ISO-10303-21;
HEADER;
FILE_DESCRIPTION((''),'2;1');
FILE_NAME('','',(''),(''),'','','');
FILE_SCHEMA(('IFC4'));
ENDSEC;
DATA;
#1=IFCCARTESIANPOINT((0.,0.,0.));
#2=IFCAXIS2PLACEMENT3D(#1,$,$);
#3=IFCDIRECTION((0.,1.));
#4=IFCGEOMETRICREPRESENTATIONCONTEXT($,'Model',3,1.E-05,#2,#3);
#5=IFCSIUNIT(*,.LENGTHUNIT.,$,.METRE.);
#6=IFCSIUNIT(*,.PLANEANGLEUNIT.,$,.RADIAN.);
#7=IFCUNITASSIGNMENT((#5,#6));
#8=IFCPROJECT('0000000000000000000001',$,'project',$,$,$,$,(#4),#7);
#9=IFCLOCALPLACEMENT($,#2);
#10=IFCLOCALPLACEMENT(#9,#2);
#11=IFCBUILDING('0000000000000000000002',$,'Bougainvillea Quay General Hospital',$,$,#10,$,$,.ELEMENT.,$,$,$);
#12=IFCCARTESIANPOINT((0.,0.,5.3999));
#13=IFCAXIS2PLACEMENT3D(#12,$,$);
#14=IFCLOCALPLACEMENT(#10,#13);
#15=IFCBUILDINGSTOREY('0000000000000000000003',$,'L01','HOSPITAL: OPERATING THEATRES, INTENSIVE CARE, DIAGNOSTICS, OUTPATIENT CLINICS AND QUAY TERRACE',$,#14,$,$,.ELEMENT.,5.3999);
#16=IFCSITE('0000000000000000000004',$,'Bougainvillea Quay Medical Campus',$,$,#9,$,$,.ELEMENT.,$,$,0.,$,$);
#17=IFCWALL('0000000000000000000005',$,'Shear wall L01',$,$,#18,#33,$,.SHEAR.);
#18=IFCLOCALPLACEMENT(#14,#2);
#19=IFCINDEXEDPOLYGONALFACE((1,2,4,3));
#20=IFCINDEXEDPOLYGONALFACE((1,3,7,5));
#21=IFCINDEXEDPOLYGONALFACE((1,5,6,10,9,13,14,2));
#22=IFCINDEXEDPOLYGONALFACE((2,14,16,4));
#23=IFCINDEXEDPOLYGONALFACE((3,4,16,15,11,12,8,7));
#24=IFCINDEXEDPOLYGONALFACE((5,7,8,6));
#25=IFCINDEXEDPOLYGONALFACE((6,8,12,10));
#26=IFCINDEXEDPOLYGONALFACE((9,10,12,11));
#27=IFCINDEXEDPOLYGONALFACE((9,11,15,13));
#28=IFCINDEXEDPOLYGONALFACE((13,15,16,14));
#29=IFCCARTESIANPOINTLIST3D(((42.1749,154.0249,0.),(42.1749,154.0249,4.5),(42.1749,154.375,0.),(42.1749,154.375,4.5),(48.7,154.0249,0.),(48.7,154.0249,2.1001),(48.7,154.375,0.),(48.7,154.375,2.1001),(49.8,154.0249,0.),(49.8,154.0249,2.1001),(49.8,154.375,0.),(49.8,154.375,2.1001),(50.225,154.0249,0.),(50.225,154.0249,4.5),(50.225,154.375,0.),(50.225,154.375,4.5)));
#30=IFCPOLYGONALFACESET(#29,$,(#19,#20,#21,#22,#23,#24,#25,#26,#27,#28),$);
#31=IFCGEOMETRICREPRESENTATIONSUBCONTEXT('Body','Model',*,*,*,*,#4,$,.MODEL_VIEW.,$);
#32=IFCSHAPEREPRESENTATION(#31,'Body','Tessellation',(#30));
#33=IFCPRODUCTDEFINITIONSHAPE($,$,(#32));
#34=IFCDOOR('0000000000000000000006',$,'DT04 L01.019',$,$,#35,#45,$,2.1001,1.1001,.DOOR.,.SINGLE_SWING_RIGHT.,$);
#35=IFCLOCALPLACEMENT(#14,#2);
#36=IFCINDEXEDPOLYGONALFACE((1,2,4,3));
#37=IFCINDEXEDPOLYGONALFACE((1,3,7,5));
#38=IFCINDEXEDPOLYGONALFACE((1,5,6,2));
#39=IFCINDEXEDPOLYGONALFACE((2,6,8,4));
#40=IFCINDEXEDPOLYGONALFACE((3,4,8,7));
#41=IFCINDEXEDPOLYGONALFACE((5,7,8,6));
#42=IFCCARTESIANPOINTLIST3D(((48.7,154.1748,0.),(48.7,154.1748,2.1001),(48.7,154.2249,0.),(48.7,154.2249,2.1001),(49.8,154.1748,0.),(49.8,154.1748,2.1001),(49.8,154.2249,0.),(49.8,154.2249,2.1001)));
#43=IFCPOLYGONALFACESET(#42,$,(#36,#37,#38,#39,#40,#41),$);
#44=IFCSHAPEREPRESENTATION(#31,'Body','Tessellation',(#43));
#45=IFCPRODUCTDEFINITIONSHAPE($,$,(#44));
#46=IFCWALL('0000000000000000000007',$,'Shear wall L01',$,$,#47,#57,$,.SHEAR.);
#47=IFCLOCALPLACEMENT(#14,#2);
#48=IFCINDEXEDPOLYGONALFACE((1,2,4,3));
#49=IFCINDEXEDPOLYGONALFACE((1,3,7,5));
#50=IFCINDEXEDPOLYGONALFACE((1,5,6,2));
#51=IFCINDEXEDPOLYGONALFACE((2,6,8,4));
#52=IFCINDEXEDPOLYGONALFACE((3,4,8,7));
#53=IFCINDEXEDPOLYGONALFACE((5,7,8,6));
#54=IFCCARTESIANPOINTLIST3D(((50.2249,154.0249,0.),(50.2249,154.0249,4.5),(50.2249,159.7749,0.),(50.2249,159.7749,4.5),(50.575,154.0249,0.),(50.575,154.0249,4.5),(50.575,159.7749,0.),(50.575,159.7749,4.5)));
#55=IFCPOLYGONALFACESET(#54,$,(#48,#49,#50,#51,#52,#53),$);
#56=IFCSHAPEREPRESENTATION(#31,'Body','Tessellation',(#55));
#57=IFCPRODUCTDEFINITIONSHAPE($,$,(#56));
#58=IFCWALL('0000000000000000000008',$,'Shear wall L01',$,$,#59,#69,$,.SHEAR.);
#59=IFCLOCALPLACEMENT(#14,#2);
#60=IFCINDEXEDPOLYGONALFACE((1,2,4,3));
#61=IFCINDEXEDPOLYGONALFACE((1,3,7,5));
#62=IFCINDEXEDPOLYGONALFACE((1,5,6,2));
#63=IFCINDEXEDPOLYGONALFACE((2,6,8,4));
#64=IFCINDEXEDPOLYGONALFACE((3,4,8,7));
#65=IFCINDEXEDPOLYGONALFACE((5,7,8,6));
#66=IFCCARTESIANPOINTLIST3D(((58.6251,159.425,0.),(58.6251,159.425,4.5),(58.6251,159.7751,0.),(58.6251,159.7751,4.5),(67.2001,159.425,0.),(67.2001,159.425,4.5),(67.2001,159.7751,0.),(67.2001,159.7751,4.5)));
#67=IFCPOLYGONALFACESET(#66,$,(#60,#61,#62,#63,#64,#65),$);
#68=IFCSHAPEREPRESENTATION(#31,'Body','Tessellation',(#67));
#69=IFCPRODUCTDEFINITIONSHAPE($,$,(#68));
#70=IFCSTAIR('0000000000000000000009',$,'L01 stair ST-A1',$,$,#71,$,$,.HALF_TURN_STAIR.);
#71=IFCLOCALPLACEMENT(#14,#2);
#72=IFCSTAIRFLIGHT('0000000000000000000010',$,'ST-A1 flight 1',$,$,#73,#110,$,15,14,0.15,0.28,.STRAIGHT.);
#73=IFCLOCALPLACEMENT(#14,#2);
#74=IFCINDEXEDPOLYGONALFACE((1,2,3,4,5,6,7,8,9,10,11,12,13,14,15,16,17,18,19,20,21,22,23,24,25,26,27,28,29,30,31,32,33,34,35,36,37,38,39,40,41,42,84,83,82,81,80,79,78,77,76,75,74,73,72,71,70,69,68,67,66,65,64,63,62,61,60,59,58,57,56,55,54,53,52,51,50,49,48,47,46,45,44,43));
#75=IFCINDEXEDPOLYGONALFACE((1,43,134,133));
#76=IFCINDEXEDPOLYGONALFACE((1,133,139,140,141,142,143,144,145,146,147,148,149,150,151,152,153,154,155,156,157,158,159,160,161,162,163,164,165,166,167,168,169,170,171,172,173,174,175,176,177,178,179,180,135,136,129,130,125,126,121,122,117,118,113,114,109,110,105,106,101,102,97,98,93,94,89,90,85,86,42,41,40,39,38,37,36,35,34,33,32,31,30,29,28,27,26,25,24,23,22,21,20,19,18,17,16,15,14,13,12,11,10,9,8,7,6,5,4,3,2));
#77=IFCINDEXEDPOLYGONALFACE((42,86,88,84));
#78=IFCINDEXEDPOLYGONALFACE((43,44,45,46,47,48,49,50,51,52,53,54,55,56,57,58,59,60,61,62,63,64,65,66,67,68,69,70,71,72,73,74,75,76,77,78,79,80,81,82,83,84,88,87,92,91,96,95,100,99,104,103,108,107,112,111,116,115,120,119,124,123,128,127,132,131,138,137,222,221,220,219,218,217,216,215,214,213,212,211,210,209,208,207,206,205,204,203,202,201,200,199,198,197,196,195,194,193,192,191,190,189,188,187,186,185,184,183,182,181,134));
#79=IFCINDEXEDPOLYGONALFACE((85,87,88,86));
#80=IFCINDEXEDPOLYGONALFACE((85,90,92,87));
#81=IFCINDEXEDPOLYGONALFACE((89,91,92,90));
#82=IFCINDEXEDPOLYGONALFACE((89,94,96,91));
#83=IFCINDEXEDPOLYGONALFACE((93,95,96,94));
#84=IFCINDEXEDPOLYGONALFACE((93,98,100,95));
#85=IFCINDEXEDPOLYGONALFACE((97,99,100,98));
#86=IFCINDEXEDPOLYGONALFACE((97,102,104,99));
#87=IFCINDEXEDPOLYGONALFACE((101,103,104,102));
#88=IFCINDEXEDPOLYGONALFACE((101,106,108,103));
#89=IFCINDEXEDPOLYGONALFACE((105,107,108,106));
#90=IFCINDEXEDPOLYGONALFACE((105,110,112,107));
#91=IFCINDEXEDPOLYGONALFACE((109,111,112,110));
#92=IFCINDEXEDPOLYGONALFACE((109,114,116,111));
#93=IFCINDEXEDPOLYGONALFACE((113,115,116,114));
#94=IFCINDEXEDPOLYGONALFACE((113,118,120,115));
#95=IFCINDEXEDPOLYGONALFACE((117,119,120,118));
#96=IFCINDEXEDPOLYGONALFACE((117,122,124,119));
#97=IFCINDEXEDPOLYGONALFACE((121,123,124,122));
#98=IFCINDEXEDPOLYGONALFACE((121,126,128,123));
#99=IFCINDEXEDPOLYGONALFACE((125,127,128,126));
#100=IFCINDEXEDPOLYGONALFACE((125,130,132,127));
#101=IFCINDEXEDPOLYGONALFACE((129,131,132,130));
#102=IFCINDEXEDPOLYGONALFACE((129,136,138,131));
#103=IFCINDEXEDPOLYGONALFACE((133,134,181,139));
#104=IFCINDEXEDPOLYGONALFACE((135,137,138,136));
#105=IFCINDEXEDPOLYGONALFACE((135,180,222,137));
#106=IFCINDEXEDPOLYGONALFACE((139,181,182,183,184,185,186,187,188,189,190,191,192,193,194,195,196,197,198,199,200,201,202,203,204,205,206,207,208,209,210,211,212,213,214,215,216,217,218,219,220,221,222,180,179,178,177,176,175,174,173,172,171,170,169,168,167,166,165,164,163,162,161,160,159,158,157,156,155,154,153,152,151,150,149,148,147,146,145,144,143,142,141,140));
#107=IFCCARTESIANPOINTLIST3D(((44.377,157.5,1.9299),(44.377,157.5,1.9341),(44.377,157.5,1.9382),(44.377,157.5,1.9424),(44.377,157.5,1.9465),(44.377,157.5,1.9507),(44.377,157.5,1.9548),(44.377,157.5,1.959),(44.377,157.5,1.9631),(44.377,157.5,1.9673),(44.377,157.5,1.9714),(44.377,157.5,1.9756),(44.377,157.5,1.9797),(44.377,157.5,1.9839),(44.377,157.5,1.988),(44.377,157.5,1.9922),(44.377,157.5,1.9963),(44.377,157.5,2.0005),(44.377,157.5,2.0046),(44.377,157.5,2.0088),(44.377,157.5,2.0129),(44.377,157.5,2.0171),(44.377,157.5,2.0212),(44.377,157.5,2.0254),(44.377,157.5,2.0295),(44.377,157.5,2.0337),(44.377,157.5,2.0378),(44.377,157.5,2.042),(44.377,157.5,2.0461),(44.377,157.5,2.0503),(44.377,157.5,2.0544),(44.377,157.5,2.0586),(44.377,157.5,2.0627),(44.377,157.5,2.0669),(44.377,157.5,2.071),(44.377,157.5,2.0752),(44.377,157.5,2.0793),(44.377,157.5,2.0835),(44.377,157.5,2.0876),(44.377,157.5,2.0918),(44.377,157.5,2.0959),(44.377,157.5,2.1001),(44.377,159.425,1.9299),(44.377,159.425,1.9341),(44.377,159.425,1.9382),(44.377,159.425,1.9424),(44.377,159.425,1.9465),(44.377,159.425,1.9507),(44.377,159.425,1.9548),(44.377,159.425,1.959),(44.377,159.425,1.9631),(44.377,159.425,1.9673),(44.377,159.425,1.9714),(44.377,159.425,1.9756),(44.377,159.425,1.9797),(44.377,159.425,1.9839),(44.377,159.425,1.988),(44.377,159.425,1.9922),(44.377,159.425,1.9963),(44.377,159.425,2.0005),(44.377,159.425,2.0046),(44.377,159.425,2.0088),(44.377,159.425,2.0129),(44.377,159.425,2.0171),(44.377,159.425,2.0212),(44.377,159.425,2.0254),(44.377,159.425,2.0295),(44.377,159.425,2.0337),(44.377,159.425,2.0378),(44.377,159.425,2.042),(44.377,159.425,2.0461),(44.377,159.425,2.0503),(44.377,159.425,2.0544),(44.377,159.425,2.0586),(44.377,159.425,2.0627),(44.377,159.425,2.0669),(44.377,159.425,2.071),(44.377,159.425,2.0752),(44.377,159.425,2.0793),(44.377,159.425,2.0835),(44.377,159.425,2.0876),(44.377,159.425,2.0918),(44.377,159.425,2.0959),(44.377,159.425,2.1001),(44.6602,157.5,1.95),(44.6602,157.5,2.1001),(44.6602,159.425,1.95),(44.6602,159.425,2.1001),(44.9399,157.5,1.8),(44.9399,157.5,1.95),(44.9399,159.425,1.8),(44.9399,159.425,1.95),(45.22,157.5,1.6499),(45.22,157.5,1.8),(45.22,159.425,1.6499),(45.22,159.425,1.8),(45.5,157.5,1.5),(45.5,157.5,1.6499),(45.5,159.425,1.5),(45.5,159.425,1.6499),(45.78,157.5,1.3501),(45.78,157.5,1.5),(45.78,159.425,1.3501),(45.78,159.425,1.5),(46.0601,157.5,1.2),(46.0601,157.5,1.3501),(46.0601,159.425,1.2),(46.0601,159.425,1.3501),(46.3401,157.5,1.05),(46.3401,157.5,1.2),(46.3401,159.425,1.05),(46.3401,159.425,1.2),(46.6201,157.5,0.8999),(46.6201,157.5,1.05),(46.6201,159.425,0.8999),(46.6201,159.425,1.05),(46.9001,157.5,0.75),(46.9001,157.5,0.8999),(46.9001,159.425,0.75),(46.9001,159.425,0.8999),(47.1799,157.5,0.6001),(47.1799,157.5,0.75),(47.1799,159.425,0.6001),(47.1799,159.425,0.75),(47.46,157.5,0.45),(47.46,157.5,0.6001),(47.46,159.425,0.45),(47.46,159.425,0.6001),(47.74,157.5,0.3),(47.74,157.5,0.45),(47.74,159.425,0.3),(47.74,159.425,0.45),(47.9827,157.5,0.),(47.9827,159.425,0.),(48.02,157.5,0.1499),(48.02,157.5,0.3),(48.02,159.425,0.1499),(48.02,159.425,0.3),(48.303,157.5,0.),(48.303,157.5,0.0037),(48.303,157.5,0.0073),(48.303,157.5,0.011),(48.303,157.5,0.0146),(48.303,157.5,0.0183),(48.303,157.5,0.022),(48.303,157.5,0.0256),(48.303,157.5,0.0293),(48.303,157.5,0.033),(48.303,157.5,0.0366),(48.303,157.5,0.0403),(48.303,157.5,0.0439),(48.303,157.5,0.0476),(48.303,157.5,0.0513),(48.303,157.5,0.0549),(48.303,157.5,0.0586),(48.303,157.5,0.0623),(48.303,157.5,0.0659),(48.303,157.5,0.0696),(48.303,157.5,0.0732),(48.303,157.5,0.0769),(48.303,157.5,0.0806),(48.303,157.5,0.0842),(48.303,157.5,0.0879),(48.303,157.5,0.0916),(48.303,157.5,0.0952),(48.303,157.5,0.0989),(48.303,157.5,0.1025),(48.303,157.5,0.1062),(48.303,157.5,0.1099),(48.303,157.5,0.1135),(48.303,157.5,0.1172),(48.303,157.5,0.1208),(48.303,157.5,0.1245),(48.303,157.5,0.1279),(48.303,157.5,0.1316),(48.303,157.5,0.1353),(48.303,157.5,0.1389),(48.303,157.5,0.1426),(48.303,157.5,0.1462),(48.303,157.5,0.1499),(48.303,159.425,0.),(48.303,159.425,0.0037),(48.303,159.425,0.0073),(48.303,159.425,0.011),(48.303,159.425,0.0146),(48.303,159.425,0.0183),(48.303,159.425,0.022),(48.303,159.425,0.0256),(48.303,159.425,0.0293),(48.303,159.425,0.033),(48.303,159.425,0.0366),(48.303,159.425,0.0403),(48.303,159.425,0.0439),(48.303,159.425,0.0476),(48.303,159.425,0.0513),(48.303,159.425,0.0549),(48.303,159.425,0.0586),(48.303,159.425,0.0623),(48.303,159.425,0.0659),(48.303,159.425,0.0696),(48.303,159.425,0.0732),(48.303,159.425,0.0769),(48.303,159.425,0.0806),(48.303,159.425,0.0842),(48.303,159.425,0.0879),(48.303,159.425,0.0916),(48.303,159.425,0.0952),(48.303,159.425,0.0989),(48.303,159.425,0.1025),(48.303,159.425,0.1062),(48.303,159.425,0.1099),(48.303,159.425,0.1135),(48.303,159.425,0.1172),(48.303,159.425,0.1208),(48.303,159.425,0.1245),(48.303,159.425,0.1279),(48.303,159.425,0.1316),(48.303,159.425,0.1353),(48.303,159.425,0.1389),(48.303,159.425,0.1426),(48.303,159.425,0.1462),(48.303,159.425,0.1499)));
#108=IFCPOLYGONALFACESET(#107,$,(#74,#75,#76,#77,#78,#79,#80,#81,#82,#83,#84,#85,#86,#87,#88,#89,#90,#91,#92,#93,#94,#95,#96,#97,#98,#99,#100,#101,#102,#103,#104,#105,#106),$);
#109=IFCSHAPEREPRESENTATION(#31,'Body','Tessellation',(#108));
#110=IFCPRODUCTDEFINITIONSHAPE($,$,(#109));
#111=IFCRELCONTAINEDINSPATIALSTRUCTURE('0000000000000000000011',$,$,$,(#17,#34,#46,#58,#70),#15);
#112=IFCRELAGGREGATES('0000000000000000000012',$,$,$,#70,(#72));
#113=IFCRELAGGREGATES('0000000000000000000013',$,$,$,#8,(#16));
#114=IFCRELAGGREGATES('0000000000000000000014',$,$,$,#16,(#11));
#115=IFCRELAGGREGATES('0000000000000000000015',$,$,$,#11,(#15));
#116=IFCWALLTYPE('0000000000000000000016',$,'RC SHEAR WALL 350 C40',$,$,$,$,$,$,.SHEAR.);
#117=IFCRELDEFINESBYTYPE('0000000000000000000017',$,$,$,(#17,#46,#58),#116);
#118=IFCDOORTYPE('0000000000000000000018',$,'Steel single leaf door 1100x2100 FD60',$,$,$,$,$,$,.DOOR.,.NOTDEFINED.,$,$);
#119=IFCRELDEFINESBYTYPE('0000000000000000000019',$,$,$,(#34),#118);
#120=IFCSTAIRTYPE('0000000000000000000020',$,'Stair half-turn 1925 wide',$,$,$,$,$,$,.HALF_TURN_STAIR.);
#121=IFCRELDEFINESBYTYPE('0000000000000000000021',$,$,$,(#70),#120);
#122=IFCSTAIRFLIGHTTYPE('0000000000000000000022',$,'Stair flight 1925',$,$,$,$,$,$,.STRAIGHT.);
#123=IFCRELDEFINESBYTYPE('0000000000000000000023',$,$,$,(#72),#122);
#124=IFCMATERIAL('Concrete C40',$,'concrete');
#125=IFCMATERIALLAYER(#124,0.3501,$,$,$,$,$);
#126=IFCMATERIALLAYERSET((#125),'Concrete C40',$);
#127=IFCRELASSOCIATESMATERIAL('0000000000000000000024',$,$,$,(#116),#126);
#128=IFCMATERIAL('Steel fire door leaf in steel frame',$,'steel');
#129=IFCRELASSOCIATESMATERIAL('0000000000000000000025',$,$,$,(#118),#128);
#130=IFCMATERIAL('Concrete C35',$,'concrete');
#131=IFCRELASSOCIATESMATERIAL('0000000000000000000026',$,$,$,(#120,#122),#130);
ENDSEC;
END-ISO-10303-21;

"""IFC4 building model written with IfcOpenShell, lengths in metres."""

from ifc_helpers import new_model, si_unit, direction, frame, frame_2d, origin, place, context, subcontext, project, spatial, polyline, rectangle, outline, extrude, material, layer, layer_set, type_object, element, fill, aggregate, save


model = new_model("IFC4")

# Units and contexts
model_context = context("Model", 3, precision=1e-05, world=origin(), true_north=direction((0.0, 1.0)))
body_context = subcontext(model_context, "Body", "Model", "MODEL_VIEW")
ifc_project = project(units=[si_unit("LENGTHUNIT", "METRE"), si_unit("PLANEANGLEUNIT", "RADIAN")], contexts=[model_context])

# Site, building, storey
site_placement = place(None, origin())
site = spatial("IfcSite", under=ifc_project, at=site_placement, Name="Bougainvillea Quay Medical Campus", CompositionType="ELEMENT", RefElevation=0.0)
building_placement = place(site_placement, origin())
building = spatial("IfcBuilding", under=site, at=building_placement, Name="Bougainvillea Quay General Hospital", CompositionType="ELEMENT")
storey_placement = place(building_placement, frame((0.0, 0.0, 5.3999)))
storey = spatial("IfcBuildingStorey", under=building, at=storey_placement, Name="L01", Description="HOSPITAL: OPERATING THEATRES, INTENSIVE CARE, DIAGNOSTICS, OUTPATIENT CLINICS AND QUAY TERRACE", CompositionType="ELEMENT", Elevation=5.3999)

# Shared definitions
ifc_material_1 = material(Name="Concrete C40", Category="concrete")

# Shared definitions
ifc_layer_1 = layer(ifc_material_1, 0.3501)
ifc_layer_set_1 = layer_set([ifc_layer_1], Name="Concrete C40")
wall_type_1 = type_object("IfcWallType", Name="RC SHEAR WALL 350 C40", PredefinedType="SHEAR", material=ifc_layer_set_1)

# Wall, opening, door
wall_1_placement = place(storey_placement, frame((42.175, 154.2, 0.0), z_axis=(0.0, 0.0, 1.0), x_axis=(1.0, 0.0, 0.0)))
wall_1 = element("IfcWall", 1, at=wall_1_placement, inside=storey, type_object=wall_type_1, Name="Shear wall L01", PredefinedType="SHEAR", context=body_context, shape_type="SweptSolid", body=[
    extrude(rectangle(XDim=8.05, YDim=0.3501, at=frame_2d((4.0249, 0.0))), origin(), (0.0, 0.0, 1.0), 4.5),
])
opening_1_placement = place(wall_1_placement, frame((6.5249, 0.0, 0.0)))
opening_1 = element("IfcOpeningElement", 2, at=opening_1_placement, cuts=wall_1, PredefinedType="OPENING", context=body_context, shape_type="SweptSolid", body=[
    extrude(rectangle(XDim=1.1001, YDim=2.1001, at=frame_2d((0.55, 1.05))), frame((0.0, 0.1851, 0.0), z_axis=(0.0, -1.0, 0.0), x_axis=(1.0, 0.0, 0.0)), (0.0, 0.0, 1.0), 0.3701),
])
ifc_material_2 = material(Name="Steel fire door leaf in steel frame", Category="steel")
door_type = type_object("IfcDoorType", Name="Steel single leaf door 1100x2100 FD60", OperationType="NOTDEFINED", PredefinedType="DOOR", material=ifc_material_2)
door_placement = place(opening_1_placement, origin())
door = element("IfcDoor", 3, at=door_placement, inside=storey, type_object=door_type, Name="DT04 L01.019", OperationType="SINGLE_SWING_RIGHT", OverallHeight=2.1001, OverallWidth=1.1001, PredefinedType="DOOR", context=body_context, shape_type="SweptSolid", body=[
    extrude(rectangle(XDim=1.1001, YDim=2.1001, at=frame_2d((0.55, 1.05))), frame((0.0, 0.0249, 0.0), z_axis=(0.0, -1.0, 0.0), x_axis=(1.0, 0.0, 0.0)), (0.0, 0.0, 1.0), 0.05),
])
fill(opening_1, door)

# Walls
wall_2_placement = place(storey_placement, frame((50.3999, 154.0249, 0.0), z_axis=(0.0, 0.0, 1.0), x_axis=(0.0, 1.0, 0.0)))
element("IfcWall", 4, at=wall_2_placement, inside=storey, type_object=wall_type_1, Name="Shear wall L01", PredefinedType="SHEAR", context=body_context, shape_type="SweptSolid", body=[
    extrude(rectangle(XDim=5.75, YDim=0.3501, at=frame_2d((2.875, 0.0))), origin(), (0.0, 0.0, 1.0), 4.5),
])
wall_3_placement = place(storey_placement, frame((58.625, 159.6001, 0.0), z_axis=(0.0, 0.0, 1.0), x_axis=(1.0, 0.0, 0.0)))
element("IfcWall", 5, at=wall_3_placement, inside=storey, type_object=wall_type_1, Name="Shear wall L01", PredefinedType="SHEAR", context=body_context, shape_type="SweptSolid", body=[
    extrude(rectangle(XDim=8.575, YDim=0.3501, at=frame_2d((4.2876, 0.0))), origin(), (0.0, 0.0, 1.0), 4.5),
])

# Stair, stair flight
ifc_material_3 = material(Name="Concrete C35", Category="concrete")
stair_type = type_object("IfcStairType", Name="Stair half-turn 1925 wide", PredefinedType="HALF_TURN_STAIR", material=ifc_material_3)
stair_placement = place(storey_placement, origin())
stair = element("IfcStair", 6, at=stair_placement, inside=storey, type_object=stair_type, Name="L01 stair ST-A1", PredefinedType="HALF_TURN_STAIR")
stair_flight_type = type_object("IfcStairFlightType", Name="Stair flight 1925", PredefinedType="STRAIGHT", material=ifc_material_3)
stair_flight_1_placement = place(storey_placement, frame((48.3, 158.4624, 0.0), z_axis=(0.0, 0.0, 1.0), x_axis=(-1.0, 0.0, 0.0)))
stair_flight_1 = element("IfcStairFlight", 7, at=stair_flight_1_placement, type_object=stair_flight_type, Name="ST-A1 flight 1", NumberOfRisers=15, NumberOfTreads=14, PredefinedType="STRAIGHT", RiserHeight=0.15, TreadLength=0.28, context=body_context, shape_type="SweptSolid", body=[
    extrude(outline(polyline([(-0.0029, 0.0), (-0.0029, 0.0037), (-0.0029, 0.0073), (-0.0029, 0.011), (-0.0029, 0.0146), (-0.0029, 0.0183), (-0.0029, 0.022), (-0.0029, 0.0256), (-0.0029, 0.0293), (-0.0029, 0.033), (-0.0029, 0.0366), (-0.0029, 0.0403), (-0.0029, 0.0439), (-0.0029, 0.0476), (-0.0029, 0.0513), (-0.0029, 0.0549), (-0.0029, 0.0586), (-0.0029, 0.0623), (-0.0029, 0.0659), (-0.0029, 0.0696), (-0.0029, 0.0732), (-0.0029, 0.0769), (-0.0029, 0.0806), (-0.0029, 0.0842), (-0.0029, 0.0879), (-0.0029, 0.0916), (-0.0029, 0.0952), (-0.0029, 0.0989), (-0.0029, 0.1025), (-0.0029, 0.1062), (-0.0029, 0.1099), (-0.0029, 0.1135), (-0.0029, 0.1172), (-0.0029, 0.1208), (-0.0029, 0.1245), (-0.0029, 0.1279), (-0.0029, 0.1316), (-0.0029, 0.1353), (-0.0029, 0.1389), (-0.0029, 0.1426), (-0.0029, 0.1462), (-0.0029, 0.1499), (0.28, 0.1499), (0.28, 0.3), (0.5601, 0.3), (0.5601, 0.45), (0.8401, 0.45), (0.8401, 0.6001), (1.1201, 0.6001), (1.1201, 0.75), (1.3999, 0.75), (1.3999, 0.8999), (1.6799, 0.8999), (1.6799, 1.05), (1.96, 1.05), (1.96, 1.2), (2.24, 1.2), (2.24, 1.3501), (2.52, 1.3501), (2.52, 1.5), (2.8, 1.5), (2.8, 1.6499), (3.0801, 1.6499), (3.0801, 1.8), (3.3601, 1.8), (3.3601, 1.95), (3.6399, 1.95), (3.6399, 2.1001), (3.9231, 2.1001), (3.9231, 2.0959), (3.9231, 2.0918), (3.9231, 2.0876), (3.9231, 2.0835), (3.9231, 2.0793), (3.9231, 2.0752), (3.9231, 2.071), (3.9231, 2.0669), (3.9231, 2.0627), (3.9231, 2.0586), (3.9231, 2.0544), (3.9231, 2.0503), (3.9231, 2.0461), (3.9231, 2.042), (3.9231, 2.0378), (3.9231, 2.0337), (3.9231, 2.0295), (3.9231, 2.0254), (3.9231, 2.0212), (3.9231, 2.0171), (3.9231, 2.0129), (3.9231, 2.0088), (3.9231, 2.0046), (3.9231, 2.0005), (3.9231, 1.9963), (3.9231, 1.9922), (3.9231, 1.988), (3.9231, 1.9839), (3.9231, 1.9797), (3.9231, 1.9756), (3.9231, 1.9714), (3.9231, 1.9673), (3.9231, 1.9631), (3.9231, 1.959), (3.9231, 1.9548), (3.9231, 1.9507), (3.9231, 1.9465), (3.9231, 1.9424), (3.9231, 1.9382), (3.9231, 1.9341), (3.9231, 1.9299), (0.3174, 0.0), (-0.0029, 0.0)])), frame((0.0, 0.9624, 0.0), z_axis=(0.0, -1.0, 0.0), x_axis=(1.0, 0.0, 0.0)), (0.0, 0.0, 1.0), 1.925),
])
aggregate(stair, [stair_flight_1])

save(model, "model.ifc")
